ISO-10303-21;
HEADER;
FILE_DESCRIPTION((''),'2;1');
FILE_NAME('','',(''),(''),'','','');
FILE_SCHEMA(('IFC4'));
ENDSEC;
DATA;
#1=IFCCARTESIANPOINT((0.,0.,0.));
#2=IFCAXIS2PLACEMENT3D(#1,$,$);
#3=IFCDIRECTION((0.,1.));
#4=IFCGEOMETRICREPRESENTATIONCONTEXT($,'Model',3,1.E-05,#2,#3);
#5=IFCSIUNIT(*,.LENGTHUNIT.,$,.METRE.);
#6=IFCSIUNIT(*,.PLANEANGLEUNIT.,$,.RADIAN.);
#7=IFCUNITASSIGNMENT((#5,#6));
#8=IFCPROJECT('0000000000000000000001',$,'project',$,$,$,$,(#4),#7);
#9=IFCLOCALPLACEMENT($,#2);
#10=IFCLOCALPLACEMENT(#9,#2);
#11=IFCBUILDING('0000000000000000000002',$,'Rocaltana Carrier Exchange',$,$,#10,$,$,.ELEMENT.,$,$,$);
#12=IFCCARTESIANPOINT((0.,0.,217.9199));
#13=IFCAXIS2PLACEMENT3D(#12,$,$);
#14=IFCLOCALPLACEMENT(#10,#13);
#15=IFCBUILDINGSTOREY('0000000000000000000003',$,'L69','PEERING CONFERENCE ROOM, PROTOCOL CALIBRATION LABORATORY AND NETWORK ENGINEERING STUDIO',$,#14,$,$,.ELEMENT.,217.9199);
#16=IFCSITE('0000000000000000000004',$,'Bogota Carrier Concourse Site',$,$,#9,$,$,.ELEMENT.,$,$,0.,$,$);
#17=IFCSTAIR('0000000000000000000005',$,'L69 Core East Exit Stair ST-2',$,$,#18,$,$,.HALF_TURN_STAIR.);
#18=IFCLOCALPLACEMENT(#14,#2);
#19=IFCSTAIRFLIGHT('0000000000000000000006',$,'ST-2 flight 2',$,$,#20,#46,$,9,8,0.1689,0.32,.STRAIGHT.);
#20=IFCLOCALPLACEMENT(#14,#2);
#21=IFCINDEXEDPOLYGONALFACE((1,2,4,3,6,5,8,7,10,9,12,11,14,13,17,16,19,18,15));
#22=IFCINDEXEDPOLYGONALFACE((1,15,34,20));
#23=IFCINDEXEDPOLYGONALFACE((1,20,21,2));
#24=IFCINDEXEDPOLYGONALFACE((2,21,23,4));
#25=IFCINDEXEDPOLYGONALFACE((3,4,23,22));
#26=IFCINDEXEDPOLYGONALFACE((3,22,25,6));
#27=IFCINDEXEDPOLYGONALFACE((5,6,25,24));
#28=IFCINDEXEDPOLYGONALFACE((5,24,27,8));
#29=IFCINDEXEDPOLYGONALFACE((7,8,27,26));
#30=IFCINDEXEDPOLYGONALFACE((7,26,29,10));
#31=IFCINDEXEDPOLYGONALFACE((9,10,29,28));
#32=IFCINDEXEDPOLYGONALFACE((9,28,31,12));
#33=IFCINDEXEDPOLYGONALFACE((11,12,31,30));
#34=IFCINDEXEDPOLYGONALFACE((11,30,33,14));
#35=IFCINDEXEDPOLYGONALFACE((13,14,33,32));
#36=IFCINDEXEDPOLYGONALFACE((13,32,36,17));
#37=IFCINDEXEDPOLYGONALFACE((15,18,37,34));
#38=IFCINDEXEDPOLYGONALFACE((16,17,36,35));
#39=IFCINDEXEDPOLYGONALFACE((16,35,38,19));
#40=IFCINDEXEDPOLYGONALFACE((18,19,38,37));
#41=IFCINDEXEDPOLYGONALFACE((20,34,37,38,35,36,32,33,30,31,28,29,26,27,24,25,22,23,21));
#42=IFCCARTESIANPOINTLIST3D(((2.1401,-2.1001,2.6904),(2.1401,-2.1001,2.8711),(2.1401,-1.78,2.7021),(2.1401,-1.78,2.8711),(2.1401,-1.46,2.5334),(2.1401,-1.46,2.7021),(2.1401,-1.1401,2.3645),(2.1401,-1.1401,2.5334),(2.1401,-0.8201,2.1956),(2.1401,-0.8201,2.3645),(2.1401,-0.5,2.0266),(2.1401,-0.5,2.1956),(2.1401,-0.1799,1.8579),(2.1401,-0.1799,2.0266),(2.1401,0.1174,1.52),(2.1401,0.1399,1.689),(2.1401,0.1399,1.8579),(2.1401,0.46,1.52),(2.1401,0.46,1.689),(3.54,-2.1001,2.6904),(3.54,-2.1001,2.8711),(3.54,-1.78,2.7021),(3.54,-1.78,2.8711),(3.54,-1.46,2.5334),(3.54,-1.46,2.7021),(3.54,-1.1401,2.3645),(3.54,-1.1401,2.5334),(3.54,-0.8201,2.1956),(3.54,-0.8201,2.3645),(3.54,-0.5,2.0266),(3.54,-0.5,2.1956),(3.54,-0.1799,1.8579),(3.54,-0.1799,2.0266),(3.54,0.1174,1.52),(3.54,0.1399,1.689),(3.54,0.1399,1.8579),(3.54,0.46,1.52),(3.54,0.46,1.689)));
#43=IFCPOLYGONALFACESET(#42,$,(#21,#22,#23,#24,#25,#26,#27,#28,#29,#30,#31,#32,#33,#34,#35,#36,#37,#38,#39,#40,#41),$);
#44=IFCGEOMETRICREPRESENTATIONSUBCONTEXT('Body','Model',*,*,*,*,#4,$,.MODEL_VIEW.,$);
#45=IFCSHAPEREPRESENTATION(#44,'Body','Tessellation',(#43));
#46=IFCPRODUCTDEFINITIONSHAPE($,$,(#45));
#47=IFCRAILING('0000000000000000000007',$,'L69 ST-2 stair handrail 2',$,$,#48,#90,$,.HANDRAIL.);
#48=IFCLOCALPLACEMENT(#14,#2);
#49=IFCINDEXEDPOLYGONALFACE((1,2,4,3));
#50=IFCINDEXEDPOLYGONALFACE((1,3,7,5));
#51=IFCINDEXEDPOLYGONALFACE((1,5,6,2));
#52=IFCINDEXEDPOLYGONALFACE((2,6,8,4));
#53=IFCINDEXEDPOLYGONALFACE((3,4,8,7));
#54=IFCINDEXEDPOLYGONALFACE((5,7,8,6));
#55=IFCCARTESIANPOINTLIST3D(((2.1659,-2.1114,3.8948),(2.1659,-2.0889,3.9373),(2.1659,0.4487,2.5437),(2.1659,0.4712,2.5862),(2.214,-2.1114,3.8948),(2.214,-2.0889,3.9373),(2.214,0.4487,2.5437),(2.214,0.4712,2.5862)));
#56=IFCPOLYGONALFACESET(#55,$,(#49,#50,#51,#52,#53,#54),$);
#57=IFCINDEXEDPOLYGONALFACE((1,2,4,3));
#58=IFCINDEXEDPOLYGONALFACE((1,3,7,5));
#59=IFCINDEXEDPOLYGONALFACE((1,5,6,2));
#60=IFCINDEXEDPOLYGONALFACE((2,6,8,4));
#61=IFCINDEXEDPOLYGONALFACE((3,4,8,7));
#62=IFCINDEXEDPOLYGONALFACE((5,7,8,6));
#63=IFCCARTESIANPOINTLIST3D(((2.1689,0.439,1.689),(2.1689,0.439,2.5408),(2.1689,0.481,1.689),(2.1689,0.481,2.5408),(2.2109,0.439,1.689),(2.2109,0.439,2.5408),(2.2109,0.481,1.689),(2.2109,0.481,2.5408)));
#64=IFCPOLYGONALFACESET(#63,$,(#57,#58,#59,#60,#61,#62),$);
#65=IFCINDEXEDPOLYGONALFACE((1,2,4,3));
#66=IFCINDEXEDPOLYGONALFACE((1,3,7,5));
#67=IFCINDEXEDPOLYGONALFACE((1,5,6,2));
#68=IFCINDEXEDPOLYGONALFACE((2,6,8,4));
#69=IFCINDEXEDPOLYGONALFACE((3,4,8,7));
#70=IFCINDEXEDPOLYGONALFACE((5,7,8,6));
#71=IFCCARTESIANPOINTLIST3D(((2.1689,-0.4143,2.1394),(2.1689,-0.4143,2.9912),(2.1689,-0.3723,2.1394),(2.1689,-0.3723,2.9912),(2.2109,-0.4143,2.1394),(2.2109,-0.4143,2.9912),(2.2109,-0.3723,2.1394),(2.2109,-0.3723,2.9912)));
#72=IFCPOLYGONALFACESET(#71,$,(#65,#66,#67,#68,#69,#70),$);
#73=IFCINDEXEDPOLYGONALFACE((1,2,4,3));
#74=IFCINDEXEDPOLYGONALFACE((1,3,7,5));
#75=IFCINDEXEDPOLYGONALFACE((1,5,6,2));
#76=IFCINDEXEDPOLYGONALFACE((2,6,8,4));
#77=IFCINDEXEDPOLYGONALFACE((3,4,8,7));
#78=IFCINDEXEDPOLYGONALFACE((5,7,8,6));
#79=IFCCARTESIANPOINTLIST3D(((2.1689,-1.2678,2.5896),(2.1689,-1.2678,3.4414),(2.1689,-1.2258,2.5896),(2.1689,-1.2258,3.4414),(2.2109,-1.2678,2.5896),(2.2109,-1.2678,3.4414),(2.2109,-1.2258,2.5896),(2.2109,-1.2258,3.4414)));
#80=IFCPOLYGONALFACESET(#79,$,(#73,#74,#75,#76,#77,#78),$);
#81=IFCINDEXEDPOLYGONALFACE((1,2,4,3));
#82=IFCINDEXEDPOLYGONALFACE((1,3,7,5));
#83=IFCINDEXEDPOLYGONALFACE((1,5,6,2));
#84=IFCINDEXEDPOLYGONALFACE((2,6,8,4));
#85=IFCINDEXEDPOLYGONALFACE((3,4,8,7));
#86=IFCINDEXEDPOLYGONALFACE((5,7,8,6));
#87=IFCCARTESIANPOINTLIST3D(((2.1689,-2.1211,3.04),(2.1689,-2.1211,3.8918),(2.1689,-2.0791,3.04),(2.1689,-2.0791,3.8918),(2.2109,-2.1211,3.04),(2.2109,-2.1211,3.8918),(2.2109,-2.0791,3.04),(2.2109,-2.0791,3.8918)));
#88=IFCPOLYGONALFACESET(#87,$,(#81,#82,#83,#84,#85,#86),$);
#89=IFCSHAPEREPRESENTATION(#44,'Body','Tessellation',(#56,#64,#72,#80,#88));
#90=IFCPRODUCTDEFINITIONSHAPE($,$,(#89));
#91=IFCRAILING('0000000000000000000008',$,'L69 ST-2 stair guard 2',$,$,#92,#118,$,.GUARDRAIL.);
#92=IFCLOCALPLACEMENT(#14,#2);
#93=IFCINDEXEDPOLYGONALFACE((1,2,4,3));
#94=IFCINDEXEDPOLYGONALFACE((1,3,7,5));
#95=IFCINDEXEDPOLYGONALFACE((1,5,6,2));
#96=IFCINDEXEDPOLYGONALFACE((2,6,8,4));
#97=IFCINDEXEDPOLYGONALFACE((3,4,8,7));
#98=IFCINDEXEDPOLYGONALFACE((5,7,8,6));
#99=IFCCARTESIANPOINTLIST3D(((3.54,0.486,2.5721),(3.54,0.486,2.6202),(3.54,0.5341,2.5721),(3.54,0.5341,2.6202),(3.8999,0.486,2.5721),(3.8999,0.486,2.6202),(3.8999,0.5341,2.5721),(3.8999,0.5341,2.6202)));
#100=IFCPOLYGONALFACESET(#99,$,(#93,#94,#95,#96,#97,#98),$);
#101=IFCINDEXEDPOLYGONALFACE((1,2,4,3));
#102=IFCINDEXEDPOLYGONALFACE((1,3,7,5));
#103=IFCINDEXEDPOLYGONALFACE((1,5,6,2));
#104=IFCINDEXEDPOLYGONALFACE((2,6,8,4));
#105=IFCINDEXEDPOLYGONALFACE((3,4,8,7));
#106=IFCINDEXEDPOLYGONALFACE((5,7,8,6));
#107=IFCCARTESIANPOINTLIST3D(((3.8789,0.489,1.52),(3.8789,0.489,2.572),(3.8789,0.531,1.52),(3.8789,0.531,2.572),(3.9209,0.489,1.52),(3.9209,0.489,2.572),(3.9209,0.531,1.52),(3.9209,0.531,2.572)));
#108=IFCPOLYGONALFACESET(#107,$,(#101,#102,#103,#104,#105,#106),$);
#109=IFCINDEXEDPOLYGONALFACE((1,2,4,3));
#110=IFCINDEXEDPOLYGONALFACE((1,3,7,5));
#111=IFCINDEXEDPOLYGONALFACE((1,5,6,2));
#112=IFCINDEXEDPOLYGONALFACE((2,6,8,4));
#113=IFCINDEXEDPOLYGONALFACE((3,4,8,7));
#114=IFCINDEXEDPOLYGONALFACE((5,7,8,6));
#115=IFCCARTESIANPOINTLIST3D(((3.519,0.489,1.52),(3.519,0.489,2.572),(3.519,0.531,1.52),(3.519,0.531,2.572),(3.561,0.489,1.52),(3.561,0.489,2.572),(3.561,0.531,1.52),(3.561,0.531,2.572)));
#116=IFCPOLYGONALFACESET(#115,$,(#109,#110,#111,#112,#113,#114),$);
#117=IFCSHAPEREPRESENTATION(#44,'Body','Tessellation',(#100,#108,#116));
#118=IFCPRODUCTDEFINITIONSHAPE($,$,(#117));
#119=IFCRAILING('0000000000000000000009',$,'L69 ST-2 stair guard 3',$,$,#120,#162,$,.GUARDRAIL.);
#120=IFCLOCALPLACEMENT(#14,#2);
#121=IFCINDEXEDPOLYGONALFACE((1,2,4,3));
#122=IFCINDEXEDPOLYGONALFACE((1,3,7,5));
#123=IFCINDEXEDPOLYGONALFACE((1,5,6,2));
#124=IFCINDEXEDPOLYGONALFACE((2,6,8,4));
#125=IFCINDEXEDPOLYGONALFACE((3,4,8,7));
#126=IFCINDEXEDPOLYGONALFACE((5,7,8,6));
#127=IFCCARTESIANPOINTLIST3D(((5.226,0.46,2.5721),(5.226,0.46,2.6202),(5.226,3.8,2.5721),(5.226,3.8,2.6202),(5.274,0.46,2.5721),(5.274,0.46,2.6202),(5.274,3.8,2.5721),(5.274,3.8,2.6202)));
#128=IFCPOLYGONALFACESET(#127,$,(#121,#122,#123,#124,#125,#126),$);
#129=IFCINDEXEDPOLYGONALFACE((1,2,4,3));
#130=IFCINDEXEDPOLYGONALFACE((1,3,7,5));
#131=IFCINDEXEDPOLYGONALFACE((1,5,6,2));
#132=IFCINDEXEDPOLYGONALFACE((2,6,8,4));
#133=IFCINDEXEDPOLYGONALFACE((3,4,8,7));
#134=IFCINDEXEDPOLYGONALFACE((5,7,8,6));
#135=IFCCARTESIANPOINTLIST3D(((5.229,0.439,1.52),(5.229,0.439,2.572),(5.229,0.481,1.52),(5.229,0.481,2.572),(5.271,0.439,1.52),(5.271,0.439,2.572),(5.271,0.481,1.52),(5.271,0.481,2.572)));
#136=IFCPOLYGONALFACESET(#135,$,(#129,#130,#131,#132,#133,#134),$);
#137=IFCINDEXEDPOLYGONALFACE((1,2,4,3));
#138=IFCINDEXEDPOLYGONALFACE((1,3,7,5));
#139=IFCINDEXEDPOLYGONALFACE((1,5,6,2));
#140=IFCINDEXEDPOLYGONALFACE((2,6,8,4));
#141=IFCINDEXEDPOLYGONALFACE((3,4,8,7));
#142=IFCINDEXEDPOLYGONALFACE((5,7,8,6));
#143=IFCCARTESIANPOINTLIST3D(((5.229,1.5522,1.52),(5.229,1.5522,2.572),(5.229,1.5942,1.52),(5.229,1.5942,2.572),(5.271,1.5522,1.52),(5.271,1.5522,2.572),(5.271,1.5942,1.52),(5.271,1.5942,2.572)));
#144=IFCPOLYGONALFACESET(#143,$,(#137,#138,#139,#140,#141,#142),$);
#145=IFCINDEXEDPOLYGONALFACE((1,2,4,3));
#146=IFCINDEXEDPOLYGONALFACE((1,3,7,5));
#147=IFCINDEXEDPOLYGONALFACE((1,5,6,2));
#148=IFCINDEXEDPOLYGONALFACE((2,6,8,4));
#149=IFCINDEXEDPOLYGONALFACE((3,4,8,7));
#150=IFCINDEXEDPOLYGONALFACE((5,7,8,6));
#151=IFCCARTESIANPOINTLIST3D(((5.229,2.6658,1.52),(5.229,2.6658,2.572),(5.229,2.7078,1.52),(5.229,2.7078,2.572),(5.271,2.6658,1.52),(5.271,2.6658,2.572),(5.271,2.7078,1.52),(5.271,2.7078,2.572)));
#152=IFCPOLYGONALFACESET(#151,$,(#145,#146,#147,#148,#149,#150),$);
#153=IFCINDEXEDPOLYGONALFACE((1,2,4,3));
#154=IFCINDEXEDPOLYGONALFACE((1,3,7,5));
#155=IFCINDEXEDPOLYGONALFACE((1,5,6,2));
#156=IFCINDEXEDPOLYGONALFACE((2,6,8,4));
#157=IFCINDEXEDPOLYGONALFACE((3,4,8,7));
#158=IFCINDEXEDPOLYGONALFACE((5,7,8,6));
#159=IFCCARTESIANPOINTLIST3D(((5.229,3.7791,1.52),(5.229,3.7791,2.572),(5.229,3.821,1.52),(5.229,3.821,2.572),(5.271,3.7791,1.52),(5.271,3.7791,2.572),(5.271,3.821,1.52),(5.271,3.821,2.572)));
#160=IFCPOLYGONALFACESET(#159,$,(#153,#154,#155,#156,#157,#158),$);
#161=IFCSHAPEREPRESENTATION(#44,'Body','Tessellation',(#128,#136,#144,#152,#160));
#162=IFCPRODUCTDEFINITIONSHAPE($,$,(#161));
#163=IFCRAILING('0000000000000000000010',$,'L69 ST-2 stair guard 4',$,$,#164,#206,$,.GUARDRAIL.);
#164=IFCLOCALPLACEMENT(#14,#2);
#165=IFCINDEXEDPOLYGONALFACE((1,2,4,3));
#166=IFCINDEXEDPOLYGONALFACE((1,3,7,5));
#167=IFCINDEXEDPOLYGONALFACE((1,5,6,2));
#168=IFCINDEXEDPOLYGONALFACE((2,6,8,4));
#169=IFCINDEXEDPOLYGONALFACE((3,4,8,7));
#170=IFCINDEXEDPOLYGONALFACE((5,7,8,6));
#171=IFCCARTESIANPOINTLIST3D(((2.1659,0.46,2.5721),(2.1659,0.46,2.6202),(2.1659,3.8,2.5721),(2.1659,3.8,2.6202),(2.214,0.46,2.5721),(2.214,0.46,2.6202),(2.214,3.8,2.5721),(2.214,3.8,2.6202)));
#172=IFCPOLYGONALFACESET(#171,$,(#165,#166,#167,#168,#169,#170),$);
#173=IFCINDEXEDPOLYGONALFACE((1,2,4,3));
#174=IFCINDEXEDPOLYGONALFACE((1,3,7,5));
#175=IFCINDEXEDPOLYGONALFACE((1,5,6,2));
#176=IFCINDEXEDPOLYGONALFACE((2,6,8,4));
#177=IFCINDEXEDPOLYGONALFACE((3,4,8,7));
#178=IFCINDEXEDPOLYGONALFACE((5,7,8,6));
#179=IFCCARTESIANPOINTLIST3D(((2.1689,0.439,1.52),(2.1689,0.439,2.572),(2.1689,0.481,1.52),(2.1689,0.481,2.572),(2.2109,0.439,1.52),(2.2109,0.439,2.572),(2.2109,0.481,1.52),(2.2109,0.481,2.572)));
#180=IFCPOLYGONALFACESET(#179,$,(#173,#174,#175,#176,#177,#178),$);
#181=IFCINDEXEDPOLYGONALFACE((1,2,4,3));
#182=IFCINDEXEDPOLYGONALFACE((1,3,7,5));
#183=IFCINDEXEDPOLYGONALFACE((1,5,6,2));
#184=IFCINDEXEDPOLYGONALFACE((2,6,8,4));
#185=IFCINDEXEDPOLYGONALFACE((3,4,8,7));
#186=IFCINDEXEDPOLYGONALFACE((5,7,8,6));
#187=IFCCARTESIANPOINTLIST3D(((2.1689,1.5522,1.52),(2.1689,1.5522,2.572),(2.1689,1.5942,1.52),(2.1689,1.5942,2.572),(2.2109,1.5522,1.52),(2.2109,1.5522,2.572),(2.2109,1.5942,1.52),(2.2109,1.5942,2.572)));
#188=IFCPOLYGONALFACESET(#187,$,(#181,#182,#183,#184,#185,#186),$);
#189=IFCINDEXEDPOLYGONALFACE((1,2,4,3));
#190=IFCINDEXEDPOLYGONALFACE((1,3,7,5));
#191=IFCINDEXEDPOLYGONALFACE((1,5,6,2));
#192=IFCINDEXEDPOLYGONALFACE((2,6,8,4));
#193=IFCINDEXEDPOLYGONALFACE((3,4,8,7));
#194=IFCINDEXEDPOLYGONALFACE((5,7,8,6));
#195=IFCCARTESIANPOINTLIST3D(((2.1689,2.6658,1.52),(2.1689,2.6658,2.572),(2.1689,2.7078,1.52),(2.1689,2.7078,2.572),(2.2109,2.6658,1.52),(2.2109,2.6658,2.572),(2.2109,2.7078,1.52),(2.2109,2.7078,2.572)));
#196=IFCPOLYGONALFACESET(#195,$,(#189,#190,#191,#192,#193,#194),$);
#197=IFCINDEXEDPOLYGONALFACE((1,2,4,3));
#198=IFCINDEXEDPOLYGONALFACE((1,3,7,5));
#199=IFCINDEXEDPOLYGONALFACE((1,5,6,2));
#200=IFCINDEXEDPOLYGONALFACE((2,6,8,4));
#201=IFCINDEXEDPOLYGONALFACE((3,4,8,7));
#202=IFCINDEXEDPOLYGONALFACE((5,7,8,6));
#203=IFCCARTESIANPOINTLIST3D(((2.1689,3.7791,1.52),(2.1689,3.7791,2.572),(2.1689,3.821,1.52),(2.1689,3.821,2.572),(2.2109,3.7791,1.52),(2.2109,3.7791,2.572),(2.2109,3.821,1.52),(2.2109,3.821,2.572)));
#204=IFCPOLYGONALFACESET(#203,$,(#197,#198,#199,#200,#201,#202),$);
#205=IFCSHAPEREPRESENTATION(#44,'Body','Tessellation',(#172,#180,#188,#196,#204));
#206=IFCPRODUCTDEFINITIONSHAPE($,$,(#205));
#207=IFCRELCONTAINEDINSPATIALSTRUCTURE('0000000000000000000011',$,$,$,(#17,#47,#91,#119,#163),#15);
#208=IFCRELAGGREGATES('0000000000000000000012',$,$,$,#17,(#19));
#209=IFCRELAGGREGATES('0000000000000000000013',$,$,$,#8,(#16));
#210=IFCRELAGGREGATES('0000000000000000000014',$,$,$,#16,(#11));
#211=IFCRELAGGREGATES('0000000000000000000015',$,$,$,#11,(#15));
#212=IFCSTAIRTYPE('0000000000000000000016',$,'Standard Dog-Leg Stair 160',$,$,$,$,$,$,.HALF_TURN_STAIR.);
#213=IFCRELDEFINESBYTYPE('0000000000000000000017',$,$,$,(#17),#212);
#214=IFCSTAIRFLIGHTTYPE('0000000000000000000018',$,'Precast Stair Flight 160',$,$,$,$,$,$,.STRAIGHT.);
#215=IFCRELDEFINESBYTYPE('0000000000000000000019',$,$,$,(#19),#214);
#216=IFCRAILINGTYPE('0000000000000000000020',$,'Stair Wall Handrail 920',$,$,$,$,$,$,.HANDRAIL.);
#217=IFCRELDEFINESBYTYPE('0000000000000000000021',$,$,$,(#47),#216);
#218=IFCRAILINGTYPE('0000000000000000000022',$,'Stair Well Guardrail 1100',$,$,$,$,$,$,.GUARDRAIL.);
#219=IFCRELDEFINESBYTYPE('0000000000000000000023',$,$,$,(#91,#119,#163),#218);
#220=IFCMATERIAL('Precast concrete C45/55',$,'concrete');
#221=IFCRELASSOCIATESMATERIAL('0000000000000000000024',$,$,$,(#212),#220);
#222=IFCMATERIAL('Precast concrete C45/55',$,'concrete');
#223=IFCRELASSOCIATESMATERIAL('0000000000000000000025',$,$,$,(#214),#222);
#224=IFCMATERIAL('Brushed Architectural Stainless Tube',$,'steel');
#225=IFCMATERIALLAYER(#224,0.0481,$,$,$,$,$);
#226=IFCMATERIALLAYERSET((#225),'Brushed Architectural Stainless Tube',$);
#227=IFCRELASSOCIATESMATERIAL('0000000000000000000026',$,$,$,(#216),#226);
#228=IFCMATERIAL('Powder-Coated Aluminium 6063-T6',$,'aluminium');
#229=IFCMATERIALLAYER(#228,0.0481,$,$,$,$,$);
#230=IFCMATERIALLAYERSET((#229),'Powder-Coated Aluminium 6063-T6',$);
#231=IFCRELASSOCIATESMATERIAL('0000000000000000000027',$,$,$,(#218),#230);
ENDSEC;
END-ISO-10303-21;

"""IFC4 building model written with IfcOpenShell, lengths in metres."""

from ifc_helpers import new_model, si_unit, direction, frame, origin, origin_2d, place, context, subcontext, project, spatial, polyline, rectangle, outline, extrude, material, layer, layer_set, type_object, element, aggregate, save


model = new_model("IFC4")

# Units and contexts
model_context = context("Model", 3, precision=1e-05, world=origin(), true_north=direction((0.0, 1.0)))
body_context = subcontext(model_context, "Body", "Model", "MODEL_VIEW")
ifc_project = project(units=[si_unit("LENGTHUNIT", "METRE"), si_unit("PLANEANGLEUNIT", "RADIAN")], contexts=[model_context])

# Site, building, storey
site_placement = place(None, origin())
site = spatial("IfcSite", under=ifc_project, at=site_placement, Name="Bogota Carrier Concourse Site", CompositionType="ELEMENT", RefElevation=0.0)
building_placement = place(site_placement, origin())
building = spatial("IfcBuilding", under=site, at=building_placement, Name="Rocaltana Carrier Exchange", CompositionType="ELEMENT")
storey_placement = place(building_placement, frame((0.0, 0.0, 217.9199)))
storey = spatial("IfcBuildingStorey", under=building, at=storey_placement, Name="L69", Description="PEERING CONFERENCE ROOM, PROTOCOL CALIBRATION LABORATORY AND NETWORK ENGINEERING STUDIO", CompositionType="ELEMENT", Elevation=217.9199)

# Stair, stair flight
ifc_material_1 = material(Name="Precast concrete C45/55", Category="concrete")
stair_type = type_object("IfcStairType", Name="Standard Dog-Leg Stair 160", PredefinedType="HALF_TURN_STAIR", material=ifc_material_1)
stair_placement = place(storey_placement, origin())
stair = element("IfcStair", 1, at=stair_placement, inside=storey, type_object=stair_type, Name="L69 Core East Exit Stair ST-2", PredefinedType="HALF_TURN_STAIR")
ifc_material_2 = material(Name="Precast concrete C45/55", Category="concrete")
stair_flight_type = type_object("IfcStairFlightType", Name="Precast Stair Flight 160", PredefinedType="STRAIGHT", material=ifc_material_2)
stair_flight_placement = place(storey_placement, frame((2.8401, 0.46, 1.52), z_axis=(0.0, 0.0, 1.0), x_axis=(0.0, -1.0, 0.0)))
stair_flight = element("IfcStairFlight", 2, at=stair_flight_placement, type_object=stair_flight_type, Name="ST-2 flight 2", NumberOfRisers=9, NumberOfTreads=8, PredefinedType="STRAIGHT", RiserHeight=0.1689, TreadLength=0.32, context=body_context, shape_type="SweptSolid", body=[
    extrude(outline(polyline([(0.0, 0.0), (0.0, 0.1689), (0.3201, 0.1689), (0.3201, 0.3379), (0.6399, 0.3379), (0.6399, 0.5066), (0.96, 0.5066), (0.96, 0.6755), (1.28, 0.6755), (1.28, 0.8445), (1.6001, 0.8445), (1.6001, 1.0134), (1.9199, 1.0134), (1.9199, 1.1821), (2.24, 1.1821), (2.24, 1.3511), (2.5601, 1.3511), (2.5601, 1.52), (2.5601, 1.1704), (0.3425, 0.0), (0.0, 0.0)])), frame((0.0, 0.7, 0.0), z_axis=(0.0, -1.0, 0.0), x_axis=(1.0, 0.0, 0.0)), (0.0, 0.0, 1.0), 1.3999),
])
aggregate(stair, [stair_flight])

# Railings
ifc_material_3 = material(Name="Brushed Architectural Stainless Tube", Category="steel")
ifc_layer_1 = layer(ifc_material_3, 0.0481)
ifc_layer_set_1 = layer_set([ifc_layer_1], Name="Brushed Architectural Stainless Tube")
railing_type_1 = type_object("IfcRailingType", Name="Stair Wall Handrail 920", PredefinedType="HANDRAIL", material=ifc_layer_set_1)
railing_1_placement = place(storey_placement, frame((2.1899, 0.46, 1.689)))
element("IfcRailing", 3, at=railing_1_placement, inside=storey, type_object=railing_type_1, Name="L69 ST-2 stair handrail 2", PredefinedType="HANDRAIL", context=body_context, shape_type="SweptSolid", body=[
    extrude(rectangle(XDim=0.0481, YDim=0.0481, at=origin_2d()), frame((0.0, 0.0, 0.876), z_axis=(0.0, -0.884394, 0.46674), x_axis=(1.0, 0.0, 0.0)), (0.0, 0.0, 1.0), 2.8948),
    extrude(rectangle(XDim=0.042, YDim=0.042, at=origin_2d()), origin(), (0.0, 0.0, 1.0), 0.8518),
    extrude(rectangle(XDim=0.042, YDim=0.042, at=origin_2d()), frame((0.0, -0.8533, 0.4504)), (0.0, 0.0, 1.0), 0.8518),
    extrude(rectangle(XDim=0.042, YDim=0.042, at=origin_2d()), frame((0.0, -1.7068, 0.9006)), (0.0, 0.0, 1.0), 0.8518),
    extrude(rectangle(XDim=0.042, YDim=0.042, at=origin_2d()), frame((0.0, -2.5601, 1.3511)), (0.0, 0.0, 1.0), 0.8518),
])
ifc_material_4 = material(Name="Powder-Coated Aluminium 6063-T6", Category="aluminium")
ifc_layer_2 = layer(ifc_material_4, 0.0481)
ifc_layer_set_2 = layer_set([ifc_layer_2], Name="Powder-Coated Aluminium 6063-T6")
railing_type_2 = type_object("IfcRailingType", Name="Stair Well Guardrail 1100", PredefinedType="GUARDRAIL", material=ifc_layer_set_2)
railing_2_placement = place(storey_placement, frame((3.8999, 0.51, 1.52)))
element("IfcRailing", 4, at=railing_2_placement, inside=storey, type_object=railing_type_2, Name="L69 ST-2 stair guard 2", PredefinedType="GUARDRAIL", context=body_context, shape_type="SweptSolid", body=[
    extrude(rectangle(XDim=0.0481, YDim=0.0481, at=origin_2d()), frame((0.0, 0.0, 1.0762), z_axis=(-1.0, 0.0, 0.0), x_axis=(0.0, -1.0, 0.0)), (0.0, 0.0, 1.0), 0.3599),
    extrude(rectangle(XDim=0.042, YDim=0.042, at=origin_2d()), origin(), (0.0, 0.0, 1.0), 1.052),
    extrude(rectangle(XDim=0.042, YDim=0.042, at=origin_2d()), frame((-0.3599, 0.0, 0.0)), (0.0, 0.0, 1.0), 1.052),
])
for number, where, name in (
    (5, (5.25, 0.46, 1.52), "L69 ST-2 stair guard 3"),
    (6, (2.1899, 0.46, 1.52), "L69 ST-2 stair guard 4"),
):
    element("IfcRailing", number, at=place(storey_placement, frame(where)), inside=storey, type_object=railing_type_2, Name=name, PredefinedType="GUARDRAIL", context=body_context, shape_type="SweptSolid", body=[
        extrude(rectangle(XDim=0.0481, YDim=0.0481, at=origin_2d()), frame((0.0, 0.0, 1.0762), z_axis=(0.0, 1.0, 0.0), x_axis=(-1.0, 0.0, 0.0)), (0.0, 0.0, 1.0), 3.3401),
        extrude(rectangle(XDim=0.042, YDim=0.042, at=origin_2d()), origin(), (0.0, 0.0, 1.0), 1.052),
        extrude(rectangle(XDim=0.042, YDim=0.042, at=origin_2d()), frame((0.0, 1.1133, 0.0)), (0.0, 0.0, 1.0), 1.052),
        extrude(rectangle(XDim=0.042, YDim=0.042, at=origin_2d()), frame((0.0, 2.2268, 0.0)), (0.0, 0.0, 1.0), 1.052),
        extrude(rectangle(XDim=0.042, YDim=0.042, at=origin_2d()), frame((0.0, 3.3401, 0.0)), (0.0, 0.0, 1.0), 1.052),
    ])

save(model, "model.ifc")
